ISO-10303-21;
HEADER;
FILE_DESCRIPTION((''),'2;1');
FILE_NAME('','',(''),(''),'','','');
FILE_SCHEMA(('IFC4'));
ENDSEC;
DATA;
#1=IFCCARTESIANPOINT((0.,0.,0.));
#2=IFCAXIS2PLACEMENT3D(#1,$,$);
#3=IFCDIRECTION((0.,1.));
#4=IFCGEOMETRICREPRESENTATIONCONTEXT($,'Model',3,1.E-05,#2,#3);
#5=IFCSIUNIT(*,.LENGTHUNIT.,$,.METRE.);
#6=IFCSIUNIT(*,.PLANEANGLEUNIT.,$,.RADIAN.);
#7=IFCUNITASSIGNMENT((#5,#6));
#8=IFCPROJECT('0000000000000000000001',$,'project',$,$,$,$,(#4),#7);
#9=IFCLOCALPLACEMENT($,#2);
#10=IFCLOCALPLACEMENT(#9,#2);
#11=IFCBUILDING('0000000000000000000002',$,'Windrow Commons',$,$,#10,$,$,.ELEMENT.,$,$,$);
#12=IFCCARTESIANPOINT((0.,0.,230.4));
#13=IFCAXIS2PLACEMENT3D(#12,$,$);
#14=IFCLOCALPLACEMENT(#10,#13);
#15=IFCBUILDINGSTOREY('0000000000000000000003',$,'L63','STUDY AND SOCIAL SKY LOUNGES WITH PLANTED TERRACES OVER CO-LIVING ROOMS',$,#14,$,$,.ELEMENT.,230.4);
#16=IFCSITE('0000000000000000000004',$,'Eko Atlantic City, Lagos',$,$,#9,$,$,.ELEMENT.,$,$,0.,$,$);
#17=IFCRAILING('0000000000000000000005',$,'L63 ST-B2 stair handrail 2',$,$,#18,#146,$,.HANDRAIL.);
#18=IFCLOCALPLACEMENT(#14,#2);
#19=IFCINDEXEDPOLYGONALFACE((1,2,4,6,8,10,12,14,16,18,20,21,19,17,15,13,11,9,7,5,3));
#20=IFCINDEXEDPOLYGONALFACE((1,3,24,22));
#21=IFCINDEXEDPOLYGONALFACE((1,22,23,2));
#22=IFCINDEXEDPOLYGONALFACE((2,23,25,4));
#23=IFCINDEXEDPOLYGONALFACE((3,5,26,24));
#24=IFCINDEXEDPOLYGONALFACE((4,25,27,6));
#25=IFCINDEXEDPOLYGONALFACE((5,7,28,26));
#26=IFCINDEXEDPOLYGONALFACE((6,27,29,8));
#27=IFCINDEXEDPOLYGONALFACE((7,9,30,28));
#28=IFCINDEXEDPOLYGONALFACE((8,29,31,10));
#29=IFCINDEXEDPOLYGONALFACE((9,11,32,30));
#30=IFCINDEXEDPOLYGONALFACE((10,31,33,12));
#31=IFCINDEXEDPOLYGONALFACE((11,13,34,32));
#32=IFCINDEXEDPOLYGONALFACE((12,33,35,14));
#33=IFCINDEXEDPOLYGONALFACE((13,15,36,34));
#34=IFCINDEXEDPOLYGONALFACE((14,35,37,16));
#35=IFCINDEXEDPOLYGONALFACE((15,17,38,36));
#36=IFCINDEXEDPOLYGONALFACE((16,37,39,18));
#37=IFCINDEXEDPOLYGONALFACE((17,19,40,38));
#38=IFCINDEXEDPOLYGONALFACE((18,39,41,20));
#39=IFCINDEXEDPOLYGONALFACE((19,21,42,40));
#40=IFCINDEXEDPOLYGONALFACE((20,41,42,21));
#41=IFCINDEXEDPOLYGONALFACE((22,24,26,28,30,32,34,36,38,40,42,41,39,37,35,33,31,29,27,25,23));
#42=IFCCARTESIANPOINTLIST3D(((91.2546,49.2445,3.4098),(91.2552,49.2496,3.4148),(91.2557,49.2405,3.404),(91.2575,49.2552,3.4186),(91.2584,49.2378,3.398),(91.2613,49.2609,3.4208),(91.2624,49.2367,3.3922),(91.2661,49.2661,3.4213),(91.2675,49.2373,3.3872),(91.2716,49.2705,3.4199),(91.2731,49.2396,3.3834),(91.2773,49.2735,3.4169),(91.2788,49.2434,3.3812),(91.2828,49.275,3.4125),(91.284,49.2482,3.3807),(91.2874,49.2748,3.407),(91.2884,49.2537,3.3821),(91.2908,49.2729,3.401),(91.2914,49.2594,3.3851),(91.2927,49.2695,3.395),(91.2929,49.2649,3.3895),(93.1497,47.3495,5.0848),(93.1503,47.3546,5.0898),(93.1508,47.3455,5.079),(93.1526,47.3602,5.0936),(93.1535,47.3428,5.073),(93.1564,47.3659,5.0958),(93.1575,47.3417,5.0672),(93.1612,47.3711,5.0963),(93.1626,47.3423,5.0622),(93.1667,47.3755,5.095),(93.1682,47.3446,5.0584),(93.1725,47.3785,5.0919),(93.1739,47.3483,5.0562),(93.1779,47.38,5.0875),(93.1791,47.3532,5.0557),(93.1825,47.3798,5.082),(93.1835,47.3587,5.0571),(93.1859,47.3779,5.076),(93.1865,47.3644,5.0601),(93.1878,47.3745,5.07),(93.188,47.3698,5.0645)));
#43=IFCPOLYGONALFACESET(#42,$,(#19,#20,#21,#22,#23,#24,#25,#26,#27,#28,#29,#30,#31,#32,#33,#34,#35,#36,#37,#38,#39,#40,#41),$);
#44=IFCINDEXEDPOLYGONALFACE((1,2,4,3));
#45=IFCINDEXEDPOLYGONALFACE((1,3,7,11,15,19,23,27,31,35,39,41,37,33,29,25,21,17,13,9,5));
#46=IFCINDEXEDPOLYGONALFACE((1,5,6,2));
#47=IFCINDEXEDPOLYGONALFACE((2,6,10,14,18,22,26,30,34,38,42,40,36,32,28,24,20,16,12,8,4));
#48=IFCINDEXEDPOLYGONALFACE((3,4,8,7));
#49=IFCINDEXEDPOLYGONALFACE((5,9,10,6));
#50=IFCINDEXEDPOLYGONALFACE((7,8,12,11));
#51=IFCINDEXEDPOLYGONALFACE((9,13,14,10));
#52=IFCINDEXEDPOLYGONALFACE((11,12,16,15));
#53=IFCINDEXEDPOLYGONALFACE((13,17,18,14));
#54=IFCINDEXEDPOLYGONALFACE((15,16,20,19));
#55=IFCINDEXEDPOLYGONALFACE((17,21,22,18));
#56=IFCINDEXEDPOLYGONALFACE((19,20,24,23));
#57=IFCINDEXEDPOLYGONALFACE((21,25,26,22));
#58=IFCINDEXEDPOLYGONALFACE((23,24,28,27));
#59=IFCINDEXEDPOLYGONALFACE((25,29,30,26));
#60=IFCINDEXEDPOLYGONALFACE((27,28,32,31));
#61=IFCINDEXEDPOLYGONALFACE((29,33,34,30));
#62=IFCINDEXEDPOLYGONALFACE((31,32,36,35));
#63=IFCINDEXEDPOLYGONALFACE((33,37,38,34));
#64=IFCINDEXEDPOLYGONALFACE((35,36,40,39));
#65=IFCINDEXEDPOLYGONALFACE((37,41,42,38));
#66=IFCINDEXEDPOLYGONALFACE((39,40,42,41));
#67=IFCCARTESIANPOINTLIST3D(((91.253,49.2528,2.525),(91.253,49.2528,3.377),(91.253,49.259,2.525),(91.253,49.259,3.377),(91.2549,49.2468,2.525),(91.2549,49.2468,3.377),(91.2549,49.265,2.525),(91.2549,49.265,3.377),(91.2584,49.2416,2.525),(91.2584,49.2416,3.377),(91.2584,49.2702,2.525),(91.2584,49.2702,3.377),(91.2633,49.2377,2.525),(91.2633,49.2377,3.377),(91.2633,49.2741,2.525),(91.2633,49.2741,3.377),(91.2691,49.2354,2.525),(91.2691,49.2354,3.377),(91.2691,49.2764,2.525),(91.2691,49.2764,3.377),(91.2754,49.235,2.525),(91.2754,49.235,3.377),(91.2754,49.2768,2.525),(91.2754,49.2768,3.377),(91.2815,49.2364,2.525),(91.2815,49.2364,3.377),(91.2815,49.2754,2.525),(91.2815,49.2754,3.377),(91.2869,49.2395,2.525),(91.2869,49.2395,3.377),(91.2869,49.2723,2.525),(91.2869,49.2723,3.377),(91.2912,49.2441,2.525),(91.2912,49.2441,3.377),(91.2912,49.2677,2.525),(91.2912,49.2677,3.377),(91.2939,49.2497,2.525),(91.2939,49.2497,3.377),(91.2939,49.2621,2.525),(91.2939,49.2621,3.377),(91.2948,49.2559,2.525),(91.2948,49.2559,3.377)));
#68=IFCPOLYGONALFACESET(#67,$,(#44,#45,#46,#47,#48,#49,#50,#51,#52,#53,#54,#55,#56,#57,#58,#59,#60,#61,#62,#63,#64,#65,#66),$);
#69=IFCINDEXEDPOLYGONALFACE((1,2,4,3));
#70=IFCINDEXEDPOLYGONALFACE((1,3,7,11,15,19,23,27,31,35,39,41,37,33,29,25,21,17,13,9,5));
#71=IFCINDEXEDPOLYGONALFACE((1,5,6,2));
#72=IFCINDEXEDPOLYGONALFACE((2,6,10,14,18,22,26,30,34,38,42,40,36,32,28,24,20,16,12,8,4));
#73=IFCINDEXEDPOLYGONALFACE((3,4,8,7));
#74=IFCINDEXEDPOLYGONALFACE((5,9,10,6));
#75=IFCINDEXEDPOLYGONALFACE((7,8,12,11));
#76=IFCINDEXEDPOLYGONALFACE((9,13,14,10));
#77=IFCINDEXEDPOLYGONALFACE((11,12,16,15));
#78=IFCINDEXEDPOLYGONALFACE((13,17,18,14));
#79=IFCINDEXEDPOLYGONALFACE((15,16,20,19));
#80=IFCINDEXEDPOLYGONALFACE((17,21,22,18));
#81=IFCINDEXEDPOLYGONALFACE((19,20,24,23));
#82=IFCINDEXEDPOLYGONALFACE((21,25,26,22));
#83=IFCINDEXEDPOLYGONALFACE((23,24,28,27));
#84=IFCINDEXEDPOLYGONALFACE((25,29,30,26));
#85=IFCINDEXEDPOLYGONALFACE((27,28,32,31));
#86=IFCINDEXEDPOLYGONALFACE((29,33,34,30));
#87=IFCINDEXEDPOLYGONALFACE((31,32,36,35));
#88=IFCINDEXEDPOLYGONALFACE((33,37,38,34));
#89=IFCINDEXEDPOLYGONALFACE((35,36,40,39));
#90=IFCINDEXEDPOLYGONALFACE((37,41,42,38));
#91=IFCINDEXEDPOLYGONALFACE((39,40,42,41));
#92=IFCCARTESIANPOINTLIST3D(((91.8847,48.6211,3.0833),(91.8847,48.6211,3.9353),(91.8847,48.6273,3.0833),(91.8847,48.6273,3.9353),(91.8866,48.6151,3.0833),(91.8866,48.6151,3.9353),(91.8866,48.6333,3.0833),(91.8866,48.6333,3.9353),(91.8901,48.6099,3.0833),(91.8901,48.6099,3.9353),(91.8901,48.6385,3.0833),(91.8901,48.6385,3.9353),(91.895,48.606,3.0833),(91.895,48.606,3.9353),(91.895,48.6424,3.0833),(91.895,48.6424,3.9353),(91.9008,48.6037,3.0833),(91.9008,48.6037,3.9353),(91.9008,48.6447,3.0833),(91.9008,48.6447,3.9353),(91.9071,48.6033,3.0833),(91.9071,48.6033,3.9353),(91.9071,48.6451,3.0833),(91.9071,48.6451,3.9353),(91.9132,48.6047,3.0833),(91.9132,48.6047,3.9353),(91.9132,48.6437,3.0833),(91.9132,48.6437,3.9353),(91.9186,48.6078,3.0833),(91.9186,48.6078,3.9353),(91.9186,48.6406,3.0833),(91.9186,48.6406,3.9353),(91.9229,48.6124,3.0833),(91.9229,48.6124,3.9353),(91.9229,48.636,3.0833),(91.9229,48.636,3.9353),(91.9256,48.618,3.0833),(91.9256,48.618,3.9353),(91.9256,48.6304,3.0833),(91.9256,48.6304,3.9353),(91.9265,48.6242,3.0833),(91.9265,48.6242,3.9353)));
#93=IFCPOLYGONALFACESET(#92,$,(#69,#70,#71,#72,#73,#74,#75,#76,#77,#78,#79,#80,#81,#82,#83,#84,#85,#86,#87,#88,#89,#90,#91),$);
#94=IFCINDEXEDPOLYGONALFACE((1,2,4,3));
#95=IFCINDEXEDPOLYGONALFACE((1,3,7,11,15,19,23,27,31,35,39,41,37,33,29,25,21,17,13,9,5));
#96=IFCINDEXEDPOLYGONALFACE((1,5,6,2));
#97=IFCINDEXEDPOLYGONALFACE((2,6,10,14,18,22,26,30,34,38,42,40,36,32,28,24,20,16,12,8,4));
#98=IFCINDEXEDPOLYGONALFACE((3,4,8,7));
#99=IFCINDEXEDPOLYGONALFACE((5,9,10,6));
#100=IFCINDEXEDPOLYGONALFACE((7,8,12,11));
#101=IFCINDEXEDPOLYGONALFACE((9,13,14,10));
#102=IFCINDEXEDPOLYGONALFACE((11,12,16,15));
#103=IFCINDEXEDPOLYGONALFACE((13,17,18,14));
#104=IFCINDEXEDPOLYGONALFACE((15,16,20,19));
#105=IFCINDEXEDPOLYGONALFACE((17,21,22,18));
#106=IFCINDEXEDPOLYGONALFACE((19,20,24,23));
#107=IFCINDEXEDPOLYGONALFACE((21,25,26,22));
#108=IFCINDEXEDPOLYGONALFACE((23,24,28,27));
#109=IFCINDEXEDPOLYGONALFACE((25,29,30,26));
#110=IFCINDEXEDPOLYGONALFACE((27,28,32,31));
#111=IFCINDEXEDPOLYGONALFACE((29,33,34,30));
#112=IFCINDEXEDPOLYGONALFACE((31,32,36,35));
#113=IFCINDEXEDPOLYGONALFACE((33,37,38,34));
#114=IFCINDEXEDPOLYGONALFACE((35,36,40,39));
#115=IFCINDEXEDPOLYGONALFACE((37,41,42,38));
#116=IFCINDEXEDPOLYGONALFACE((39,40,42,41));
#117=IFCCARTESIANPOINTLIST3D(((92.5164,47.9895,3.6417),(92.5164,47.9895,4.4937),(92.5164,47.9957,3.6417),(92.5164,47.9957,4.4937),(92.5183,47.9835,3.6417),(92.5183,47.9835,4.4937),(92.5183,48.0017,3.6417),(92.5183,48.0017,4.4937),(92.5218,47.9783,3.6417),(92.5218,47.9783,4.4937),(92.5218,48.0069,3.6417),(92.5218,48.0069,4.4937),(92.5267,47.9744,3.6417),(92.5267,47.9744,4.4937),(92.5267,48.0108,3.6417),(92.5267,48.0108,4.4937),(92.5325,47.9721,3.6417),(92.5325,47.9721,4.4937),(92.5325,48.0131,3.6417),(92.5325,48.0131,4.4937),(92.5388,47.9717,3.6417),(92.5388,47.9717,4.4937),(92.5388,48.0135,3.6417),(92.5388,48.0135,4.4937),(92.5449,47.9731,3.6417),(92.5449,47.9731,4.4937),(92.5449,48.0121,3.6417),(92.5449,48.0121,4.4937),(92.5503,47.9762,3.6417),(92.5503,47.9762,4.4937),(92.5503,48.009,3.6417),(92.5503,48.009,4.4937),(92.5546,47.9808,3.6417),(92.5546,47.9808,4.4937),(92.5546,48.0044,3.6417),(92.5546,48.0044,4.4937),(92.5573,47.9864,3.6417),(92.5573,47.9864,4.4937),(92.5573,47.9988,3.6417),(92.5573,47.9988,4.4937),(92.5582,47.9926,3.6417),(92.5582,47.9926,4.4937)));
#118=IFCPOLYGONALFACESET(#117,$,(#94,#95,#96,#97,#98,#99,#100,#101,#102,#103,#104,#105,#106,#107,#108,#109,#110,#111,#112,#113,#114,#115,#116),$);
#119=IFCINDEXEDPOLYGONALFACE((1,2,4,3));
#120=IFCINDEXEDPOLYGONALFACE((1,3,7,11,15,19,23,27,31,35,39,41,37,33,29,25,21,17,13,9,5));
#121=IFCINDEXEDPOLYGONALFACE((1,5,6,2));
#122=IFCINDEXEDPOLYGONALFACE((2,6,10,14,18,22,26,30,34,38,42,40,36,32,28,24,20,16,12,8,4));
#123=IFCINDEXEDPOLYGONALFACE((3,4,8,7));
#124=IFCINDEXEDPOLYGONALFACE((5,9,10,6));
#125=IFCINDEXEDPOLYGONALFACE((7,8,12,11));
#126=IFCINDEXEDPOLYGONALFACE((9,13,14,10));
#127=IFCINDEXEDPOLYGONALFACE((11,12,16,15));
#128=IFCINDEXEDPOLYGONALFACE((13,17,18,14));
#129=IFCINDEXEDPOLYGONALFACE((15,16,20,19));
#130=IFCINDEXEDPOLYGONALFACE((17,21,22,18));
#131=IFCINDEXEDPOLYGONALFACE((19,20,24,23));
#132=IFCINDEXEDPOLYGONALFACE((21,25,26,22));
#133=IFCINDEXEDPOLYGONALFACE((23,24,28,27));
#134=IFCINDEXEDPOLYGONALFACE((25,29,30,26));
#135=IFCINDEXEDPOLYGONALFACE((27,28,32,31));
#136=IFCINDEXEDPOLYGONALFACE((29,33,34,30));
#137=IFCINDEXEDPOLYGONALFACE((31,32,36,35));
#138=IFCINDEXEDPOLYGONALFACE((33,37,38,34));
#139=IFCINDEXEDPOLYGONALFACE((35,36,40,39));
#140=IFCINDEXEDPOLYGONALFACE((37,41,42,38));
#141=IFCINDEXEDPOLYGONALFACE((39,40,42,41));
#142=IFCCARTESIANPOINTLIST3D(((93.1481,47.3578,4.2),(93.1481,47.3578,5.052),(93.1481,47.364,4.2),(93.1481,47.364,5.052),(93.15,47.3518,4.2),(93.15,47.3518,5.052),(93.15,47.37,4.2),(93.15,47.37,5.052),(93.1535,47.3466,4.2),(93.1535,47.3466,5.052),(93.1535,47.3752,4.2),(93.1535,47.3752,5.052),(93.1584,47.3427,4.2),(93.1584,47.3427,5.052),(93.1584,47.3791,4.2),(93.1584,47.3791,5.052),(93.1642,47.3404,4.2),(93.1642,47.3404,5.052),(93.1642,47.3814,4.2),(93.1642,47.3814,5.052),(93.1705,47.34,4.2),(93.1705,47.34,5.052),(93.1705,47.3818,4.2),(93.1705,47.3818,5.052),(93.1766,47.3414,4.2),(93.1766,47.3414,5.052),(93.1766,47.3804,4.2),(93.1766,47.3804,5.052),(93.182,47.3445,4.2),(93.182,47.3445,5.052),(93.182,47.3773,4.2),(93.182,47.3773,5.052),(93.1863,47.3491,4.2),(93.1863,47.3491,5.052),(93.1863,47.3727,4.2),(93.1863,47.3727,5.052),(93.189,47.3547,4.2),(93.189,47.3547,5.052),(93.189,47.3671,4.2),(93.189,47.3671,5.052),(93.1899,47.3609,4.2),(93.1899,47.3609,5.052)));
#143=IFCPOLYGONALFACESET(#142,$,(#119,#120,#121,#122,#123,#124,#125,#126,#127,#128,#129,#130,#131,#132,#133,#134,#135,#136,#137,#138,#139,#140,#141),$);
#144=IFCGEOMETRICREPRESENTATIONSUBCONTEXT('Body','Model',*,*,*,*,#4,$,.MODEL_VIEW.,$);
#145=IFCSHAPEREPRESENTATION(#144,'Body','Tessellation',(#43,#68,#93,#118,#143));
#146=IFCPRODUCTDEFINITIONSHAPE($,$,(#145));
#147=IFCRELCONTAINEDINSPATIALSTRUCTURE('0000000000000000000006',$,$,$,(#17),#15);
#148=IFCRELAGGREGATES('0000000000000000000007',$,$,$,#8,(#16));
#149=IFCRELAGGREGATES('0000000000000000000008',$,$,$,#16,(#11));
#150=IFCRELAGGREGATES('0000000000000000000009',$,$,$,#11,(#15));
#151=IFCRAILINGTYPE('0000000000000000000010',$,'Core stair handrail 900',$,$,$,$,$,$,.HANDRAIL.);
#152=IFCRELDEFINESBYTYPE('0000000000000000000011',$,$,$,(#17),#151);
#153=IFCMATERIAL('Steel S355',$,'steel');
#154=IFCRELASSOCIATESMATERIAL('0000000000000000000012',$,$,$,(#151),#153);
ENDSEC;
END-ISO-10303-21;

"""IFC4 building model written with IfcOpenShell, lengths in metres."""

from ifc_helpers import new_model, si_unit, direction, frame, origin, origin_2d, place, context, subcontext, project, spatial, circle, extrude, material, type_object, element, save


model = new_model("IFC4")

# Units and contexts
model_context = context("Model", 3, precision=1e-05, world=origin(), true_north=direction((0.0, 1.0)))
body_context = subcontext(model_context, "Body", "Model", "MODEL_VIEW")
ifc_project = project(units=[si_unit("LENGTHUNIT", "METRE"), si_unit("PLANEANGLEUNIT", "RADIAN")], contexts=[model_context])

# Site, building, storey
site_placement = place(None, origin())
site = spatial("IfcSite", under=ifc_project, at=site_placement, Name="Eko Atlantic City, Lagos", CompositionType="ELEMENT", RefElevation=0.0)
building_placement = place(site_placement, origin())
building = spatial("IfcBuilding", under=site, at=building_placement, Name="Windrow Commons", CompositionType="ELEMENT")
storey_placement = place(building_placement, frame((0.0, 0.0, 230.4)))
storey = spatial("IfcBuildingStorey", under=building, at=storey_placement, Name="L63", Description="STUDY AND SOCIAL SKY LOUNGES WITH PLANTED TERRACES OVER CO-LIVING ROOMS", CompositionType="ELEMENT", Elevation=230.4)

# Railing
ifc_material_1 = material(Name="Steel S355", Category="steel")
railing_type_1 = type_object("IfcRailingType", Name="Core stair handrail 900", PredefinedType="HANDRAIL", material=ifc_material_1)
railing_1_placement = place(storey_placement, frame((91.2738, 49.2559, 2.525)))
element("IfcRailing", 1, at=railing_1_placement, inside=storey, type_object=railing_type_1, Name="L63 ST-B2 stair handrail 2", PredefinedType="HANDRAIL", context=body_context, shape_type="SweptSolid", body=[
    extrude(circle(Radius=0.024, at=origin_2d()), frame((0.0, 0.0, 0.876), z_axis=(0.599642, -0.59961, 0.529998), x_axis=(0.707088, 0.707125, 0.0)), (0.0, 0.0, 1.0), 3.1604),
    extrude(circle(Radius=0.021, at=origin_2d()), origin(), (0.0, 0.0, 1.0), 0.852),
    extrude(circle(Radius=0.021, at=origin_2d()), frame((0.6317, -0.6317, 0.5583)), (0.0, 0.0, 1.0), 0.852),
    extrude(circle(Radius=0.021, at=origin_2d()), frame((1.2634, -1.2633, 1.1167)), (0.0, 0.0, 1.0), 0.852),
    extrude(circle(Radius=0.021, at=origin_2d()), frame((1.8951, -1.895, 1.675)), (0.0, 0.0, 1.0), 0.852),
])

save(model, "model.ifc")
